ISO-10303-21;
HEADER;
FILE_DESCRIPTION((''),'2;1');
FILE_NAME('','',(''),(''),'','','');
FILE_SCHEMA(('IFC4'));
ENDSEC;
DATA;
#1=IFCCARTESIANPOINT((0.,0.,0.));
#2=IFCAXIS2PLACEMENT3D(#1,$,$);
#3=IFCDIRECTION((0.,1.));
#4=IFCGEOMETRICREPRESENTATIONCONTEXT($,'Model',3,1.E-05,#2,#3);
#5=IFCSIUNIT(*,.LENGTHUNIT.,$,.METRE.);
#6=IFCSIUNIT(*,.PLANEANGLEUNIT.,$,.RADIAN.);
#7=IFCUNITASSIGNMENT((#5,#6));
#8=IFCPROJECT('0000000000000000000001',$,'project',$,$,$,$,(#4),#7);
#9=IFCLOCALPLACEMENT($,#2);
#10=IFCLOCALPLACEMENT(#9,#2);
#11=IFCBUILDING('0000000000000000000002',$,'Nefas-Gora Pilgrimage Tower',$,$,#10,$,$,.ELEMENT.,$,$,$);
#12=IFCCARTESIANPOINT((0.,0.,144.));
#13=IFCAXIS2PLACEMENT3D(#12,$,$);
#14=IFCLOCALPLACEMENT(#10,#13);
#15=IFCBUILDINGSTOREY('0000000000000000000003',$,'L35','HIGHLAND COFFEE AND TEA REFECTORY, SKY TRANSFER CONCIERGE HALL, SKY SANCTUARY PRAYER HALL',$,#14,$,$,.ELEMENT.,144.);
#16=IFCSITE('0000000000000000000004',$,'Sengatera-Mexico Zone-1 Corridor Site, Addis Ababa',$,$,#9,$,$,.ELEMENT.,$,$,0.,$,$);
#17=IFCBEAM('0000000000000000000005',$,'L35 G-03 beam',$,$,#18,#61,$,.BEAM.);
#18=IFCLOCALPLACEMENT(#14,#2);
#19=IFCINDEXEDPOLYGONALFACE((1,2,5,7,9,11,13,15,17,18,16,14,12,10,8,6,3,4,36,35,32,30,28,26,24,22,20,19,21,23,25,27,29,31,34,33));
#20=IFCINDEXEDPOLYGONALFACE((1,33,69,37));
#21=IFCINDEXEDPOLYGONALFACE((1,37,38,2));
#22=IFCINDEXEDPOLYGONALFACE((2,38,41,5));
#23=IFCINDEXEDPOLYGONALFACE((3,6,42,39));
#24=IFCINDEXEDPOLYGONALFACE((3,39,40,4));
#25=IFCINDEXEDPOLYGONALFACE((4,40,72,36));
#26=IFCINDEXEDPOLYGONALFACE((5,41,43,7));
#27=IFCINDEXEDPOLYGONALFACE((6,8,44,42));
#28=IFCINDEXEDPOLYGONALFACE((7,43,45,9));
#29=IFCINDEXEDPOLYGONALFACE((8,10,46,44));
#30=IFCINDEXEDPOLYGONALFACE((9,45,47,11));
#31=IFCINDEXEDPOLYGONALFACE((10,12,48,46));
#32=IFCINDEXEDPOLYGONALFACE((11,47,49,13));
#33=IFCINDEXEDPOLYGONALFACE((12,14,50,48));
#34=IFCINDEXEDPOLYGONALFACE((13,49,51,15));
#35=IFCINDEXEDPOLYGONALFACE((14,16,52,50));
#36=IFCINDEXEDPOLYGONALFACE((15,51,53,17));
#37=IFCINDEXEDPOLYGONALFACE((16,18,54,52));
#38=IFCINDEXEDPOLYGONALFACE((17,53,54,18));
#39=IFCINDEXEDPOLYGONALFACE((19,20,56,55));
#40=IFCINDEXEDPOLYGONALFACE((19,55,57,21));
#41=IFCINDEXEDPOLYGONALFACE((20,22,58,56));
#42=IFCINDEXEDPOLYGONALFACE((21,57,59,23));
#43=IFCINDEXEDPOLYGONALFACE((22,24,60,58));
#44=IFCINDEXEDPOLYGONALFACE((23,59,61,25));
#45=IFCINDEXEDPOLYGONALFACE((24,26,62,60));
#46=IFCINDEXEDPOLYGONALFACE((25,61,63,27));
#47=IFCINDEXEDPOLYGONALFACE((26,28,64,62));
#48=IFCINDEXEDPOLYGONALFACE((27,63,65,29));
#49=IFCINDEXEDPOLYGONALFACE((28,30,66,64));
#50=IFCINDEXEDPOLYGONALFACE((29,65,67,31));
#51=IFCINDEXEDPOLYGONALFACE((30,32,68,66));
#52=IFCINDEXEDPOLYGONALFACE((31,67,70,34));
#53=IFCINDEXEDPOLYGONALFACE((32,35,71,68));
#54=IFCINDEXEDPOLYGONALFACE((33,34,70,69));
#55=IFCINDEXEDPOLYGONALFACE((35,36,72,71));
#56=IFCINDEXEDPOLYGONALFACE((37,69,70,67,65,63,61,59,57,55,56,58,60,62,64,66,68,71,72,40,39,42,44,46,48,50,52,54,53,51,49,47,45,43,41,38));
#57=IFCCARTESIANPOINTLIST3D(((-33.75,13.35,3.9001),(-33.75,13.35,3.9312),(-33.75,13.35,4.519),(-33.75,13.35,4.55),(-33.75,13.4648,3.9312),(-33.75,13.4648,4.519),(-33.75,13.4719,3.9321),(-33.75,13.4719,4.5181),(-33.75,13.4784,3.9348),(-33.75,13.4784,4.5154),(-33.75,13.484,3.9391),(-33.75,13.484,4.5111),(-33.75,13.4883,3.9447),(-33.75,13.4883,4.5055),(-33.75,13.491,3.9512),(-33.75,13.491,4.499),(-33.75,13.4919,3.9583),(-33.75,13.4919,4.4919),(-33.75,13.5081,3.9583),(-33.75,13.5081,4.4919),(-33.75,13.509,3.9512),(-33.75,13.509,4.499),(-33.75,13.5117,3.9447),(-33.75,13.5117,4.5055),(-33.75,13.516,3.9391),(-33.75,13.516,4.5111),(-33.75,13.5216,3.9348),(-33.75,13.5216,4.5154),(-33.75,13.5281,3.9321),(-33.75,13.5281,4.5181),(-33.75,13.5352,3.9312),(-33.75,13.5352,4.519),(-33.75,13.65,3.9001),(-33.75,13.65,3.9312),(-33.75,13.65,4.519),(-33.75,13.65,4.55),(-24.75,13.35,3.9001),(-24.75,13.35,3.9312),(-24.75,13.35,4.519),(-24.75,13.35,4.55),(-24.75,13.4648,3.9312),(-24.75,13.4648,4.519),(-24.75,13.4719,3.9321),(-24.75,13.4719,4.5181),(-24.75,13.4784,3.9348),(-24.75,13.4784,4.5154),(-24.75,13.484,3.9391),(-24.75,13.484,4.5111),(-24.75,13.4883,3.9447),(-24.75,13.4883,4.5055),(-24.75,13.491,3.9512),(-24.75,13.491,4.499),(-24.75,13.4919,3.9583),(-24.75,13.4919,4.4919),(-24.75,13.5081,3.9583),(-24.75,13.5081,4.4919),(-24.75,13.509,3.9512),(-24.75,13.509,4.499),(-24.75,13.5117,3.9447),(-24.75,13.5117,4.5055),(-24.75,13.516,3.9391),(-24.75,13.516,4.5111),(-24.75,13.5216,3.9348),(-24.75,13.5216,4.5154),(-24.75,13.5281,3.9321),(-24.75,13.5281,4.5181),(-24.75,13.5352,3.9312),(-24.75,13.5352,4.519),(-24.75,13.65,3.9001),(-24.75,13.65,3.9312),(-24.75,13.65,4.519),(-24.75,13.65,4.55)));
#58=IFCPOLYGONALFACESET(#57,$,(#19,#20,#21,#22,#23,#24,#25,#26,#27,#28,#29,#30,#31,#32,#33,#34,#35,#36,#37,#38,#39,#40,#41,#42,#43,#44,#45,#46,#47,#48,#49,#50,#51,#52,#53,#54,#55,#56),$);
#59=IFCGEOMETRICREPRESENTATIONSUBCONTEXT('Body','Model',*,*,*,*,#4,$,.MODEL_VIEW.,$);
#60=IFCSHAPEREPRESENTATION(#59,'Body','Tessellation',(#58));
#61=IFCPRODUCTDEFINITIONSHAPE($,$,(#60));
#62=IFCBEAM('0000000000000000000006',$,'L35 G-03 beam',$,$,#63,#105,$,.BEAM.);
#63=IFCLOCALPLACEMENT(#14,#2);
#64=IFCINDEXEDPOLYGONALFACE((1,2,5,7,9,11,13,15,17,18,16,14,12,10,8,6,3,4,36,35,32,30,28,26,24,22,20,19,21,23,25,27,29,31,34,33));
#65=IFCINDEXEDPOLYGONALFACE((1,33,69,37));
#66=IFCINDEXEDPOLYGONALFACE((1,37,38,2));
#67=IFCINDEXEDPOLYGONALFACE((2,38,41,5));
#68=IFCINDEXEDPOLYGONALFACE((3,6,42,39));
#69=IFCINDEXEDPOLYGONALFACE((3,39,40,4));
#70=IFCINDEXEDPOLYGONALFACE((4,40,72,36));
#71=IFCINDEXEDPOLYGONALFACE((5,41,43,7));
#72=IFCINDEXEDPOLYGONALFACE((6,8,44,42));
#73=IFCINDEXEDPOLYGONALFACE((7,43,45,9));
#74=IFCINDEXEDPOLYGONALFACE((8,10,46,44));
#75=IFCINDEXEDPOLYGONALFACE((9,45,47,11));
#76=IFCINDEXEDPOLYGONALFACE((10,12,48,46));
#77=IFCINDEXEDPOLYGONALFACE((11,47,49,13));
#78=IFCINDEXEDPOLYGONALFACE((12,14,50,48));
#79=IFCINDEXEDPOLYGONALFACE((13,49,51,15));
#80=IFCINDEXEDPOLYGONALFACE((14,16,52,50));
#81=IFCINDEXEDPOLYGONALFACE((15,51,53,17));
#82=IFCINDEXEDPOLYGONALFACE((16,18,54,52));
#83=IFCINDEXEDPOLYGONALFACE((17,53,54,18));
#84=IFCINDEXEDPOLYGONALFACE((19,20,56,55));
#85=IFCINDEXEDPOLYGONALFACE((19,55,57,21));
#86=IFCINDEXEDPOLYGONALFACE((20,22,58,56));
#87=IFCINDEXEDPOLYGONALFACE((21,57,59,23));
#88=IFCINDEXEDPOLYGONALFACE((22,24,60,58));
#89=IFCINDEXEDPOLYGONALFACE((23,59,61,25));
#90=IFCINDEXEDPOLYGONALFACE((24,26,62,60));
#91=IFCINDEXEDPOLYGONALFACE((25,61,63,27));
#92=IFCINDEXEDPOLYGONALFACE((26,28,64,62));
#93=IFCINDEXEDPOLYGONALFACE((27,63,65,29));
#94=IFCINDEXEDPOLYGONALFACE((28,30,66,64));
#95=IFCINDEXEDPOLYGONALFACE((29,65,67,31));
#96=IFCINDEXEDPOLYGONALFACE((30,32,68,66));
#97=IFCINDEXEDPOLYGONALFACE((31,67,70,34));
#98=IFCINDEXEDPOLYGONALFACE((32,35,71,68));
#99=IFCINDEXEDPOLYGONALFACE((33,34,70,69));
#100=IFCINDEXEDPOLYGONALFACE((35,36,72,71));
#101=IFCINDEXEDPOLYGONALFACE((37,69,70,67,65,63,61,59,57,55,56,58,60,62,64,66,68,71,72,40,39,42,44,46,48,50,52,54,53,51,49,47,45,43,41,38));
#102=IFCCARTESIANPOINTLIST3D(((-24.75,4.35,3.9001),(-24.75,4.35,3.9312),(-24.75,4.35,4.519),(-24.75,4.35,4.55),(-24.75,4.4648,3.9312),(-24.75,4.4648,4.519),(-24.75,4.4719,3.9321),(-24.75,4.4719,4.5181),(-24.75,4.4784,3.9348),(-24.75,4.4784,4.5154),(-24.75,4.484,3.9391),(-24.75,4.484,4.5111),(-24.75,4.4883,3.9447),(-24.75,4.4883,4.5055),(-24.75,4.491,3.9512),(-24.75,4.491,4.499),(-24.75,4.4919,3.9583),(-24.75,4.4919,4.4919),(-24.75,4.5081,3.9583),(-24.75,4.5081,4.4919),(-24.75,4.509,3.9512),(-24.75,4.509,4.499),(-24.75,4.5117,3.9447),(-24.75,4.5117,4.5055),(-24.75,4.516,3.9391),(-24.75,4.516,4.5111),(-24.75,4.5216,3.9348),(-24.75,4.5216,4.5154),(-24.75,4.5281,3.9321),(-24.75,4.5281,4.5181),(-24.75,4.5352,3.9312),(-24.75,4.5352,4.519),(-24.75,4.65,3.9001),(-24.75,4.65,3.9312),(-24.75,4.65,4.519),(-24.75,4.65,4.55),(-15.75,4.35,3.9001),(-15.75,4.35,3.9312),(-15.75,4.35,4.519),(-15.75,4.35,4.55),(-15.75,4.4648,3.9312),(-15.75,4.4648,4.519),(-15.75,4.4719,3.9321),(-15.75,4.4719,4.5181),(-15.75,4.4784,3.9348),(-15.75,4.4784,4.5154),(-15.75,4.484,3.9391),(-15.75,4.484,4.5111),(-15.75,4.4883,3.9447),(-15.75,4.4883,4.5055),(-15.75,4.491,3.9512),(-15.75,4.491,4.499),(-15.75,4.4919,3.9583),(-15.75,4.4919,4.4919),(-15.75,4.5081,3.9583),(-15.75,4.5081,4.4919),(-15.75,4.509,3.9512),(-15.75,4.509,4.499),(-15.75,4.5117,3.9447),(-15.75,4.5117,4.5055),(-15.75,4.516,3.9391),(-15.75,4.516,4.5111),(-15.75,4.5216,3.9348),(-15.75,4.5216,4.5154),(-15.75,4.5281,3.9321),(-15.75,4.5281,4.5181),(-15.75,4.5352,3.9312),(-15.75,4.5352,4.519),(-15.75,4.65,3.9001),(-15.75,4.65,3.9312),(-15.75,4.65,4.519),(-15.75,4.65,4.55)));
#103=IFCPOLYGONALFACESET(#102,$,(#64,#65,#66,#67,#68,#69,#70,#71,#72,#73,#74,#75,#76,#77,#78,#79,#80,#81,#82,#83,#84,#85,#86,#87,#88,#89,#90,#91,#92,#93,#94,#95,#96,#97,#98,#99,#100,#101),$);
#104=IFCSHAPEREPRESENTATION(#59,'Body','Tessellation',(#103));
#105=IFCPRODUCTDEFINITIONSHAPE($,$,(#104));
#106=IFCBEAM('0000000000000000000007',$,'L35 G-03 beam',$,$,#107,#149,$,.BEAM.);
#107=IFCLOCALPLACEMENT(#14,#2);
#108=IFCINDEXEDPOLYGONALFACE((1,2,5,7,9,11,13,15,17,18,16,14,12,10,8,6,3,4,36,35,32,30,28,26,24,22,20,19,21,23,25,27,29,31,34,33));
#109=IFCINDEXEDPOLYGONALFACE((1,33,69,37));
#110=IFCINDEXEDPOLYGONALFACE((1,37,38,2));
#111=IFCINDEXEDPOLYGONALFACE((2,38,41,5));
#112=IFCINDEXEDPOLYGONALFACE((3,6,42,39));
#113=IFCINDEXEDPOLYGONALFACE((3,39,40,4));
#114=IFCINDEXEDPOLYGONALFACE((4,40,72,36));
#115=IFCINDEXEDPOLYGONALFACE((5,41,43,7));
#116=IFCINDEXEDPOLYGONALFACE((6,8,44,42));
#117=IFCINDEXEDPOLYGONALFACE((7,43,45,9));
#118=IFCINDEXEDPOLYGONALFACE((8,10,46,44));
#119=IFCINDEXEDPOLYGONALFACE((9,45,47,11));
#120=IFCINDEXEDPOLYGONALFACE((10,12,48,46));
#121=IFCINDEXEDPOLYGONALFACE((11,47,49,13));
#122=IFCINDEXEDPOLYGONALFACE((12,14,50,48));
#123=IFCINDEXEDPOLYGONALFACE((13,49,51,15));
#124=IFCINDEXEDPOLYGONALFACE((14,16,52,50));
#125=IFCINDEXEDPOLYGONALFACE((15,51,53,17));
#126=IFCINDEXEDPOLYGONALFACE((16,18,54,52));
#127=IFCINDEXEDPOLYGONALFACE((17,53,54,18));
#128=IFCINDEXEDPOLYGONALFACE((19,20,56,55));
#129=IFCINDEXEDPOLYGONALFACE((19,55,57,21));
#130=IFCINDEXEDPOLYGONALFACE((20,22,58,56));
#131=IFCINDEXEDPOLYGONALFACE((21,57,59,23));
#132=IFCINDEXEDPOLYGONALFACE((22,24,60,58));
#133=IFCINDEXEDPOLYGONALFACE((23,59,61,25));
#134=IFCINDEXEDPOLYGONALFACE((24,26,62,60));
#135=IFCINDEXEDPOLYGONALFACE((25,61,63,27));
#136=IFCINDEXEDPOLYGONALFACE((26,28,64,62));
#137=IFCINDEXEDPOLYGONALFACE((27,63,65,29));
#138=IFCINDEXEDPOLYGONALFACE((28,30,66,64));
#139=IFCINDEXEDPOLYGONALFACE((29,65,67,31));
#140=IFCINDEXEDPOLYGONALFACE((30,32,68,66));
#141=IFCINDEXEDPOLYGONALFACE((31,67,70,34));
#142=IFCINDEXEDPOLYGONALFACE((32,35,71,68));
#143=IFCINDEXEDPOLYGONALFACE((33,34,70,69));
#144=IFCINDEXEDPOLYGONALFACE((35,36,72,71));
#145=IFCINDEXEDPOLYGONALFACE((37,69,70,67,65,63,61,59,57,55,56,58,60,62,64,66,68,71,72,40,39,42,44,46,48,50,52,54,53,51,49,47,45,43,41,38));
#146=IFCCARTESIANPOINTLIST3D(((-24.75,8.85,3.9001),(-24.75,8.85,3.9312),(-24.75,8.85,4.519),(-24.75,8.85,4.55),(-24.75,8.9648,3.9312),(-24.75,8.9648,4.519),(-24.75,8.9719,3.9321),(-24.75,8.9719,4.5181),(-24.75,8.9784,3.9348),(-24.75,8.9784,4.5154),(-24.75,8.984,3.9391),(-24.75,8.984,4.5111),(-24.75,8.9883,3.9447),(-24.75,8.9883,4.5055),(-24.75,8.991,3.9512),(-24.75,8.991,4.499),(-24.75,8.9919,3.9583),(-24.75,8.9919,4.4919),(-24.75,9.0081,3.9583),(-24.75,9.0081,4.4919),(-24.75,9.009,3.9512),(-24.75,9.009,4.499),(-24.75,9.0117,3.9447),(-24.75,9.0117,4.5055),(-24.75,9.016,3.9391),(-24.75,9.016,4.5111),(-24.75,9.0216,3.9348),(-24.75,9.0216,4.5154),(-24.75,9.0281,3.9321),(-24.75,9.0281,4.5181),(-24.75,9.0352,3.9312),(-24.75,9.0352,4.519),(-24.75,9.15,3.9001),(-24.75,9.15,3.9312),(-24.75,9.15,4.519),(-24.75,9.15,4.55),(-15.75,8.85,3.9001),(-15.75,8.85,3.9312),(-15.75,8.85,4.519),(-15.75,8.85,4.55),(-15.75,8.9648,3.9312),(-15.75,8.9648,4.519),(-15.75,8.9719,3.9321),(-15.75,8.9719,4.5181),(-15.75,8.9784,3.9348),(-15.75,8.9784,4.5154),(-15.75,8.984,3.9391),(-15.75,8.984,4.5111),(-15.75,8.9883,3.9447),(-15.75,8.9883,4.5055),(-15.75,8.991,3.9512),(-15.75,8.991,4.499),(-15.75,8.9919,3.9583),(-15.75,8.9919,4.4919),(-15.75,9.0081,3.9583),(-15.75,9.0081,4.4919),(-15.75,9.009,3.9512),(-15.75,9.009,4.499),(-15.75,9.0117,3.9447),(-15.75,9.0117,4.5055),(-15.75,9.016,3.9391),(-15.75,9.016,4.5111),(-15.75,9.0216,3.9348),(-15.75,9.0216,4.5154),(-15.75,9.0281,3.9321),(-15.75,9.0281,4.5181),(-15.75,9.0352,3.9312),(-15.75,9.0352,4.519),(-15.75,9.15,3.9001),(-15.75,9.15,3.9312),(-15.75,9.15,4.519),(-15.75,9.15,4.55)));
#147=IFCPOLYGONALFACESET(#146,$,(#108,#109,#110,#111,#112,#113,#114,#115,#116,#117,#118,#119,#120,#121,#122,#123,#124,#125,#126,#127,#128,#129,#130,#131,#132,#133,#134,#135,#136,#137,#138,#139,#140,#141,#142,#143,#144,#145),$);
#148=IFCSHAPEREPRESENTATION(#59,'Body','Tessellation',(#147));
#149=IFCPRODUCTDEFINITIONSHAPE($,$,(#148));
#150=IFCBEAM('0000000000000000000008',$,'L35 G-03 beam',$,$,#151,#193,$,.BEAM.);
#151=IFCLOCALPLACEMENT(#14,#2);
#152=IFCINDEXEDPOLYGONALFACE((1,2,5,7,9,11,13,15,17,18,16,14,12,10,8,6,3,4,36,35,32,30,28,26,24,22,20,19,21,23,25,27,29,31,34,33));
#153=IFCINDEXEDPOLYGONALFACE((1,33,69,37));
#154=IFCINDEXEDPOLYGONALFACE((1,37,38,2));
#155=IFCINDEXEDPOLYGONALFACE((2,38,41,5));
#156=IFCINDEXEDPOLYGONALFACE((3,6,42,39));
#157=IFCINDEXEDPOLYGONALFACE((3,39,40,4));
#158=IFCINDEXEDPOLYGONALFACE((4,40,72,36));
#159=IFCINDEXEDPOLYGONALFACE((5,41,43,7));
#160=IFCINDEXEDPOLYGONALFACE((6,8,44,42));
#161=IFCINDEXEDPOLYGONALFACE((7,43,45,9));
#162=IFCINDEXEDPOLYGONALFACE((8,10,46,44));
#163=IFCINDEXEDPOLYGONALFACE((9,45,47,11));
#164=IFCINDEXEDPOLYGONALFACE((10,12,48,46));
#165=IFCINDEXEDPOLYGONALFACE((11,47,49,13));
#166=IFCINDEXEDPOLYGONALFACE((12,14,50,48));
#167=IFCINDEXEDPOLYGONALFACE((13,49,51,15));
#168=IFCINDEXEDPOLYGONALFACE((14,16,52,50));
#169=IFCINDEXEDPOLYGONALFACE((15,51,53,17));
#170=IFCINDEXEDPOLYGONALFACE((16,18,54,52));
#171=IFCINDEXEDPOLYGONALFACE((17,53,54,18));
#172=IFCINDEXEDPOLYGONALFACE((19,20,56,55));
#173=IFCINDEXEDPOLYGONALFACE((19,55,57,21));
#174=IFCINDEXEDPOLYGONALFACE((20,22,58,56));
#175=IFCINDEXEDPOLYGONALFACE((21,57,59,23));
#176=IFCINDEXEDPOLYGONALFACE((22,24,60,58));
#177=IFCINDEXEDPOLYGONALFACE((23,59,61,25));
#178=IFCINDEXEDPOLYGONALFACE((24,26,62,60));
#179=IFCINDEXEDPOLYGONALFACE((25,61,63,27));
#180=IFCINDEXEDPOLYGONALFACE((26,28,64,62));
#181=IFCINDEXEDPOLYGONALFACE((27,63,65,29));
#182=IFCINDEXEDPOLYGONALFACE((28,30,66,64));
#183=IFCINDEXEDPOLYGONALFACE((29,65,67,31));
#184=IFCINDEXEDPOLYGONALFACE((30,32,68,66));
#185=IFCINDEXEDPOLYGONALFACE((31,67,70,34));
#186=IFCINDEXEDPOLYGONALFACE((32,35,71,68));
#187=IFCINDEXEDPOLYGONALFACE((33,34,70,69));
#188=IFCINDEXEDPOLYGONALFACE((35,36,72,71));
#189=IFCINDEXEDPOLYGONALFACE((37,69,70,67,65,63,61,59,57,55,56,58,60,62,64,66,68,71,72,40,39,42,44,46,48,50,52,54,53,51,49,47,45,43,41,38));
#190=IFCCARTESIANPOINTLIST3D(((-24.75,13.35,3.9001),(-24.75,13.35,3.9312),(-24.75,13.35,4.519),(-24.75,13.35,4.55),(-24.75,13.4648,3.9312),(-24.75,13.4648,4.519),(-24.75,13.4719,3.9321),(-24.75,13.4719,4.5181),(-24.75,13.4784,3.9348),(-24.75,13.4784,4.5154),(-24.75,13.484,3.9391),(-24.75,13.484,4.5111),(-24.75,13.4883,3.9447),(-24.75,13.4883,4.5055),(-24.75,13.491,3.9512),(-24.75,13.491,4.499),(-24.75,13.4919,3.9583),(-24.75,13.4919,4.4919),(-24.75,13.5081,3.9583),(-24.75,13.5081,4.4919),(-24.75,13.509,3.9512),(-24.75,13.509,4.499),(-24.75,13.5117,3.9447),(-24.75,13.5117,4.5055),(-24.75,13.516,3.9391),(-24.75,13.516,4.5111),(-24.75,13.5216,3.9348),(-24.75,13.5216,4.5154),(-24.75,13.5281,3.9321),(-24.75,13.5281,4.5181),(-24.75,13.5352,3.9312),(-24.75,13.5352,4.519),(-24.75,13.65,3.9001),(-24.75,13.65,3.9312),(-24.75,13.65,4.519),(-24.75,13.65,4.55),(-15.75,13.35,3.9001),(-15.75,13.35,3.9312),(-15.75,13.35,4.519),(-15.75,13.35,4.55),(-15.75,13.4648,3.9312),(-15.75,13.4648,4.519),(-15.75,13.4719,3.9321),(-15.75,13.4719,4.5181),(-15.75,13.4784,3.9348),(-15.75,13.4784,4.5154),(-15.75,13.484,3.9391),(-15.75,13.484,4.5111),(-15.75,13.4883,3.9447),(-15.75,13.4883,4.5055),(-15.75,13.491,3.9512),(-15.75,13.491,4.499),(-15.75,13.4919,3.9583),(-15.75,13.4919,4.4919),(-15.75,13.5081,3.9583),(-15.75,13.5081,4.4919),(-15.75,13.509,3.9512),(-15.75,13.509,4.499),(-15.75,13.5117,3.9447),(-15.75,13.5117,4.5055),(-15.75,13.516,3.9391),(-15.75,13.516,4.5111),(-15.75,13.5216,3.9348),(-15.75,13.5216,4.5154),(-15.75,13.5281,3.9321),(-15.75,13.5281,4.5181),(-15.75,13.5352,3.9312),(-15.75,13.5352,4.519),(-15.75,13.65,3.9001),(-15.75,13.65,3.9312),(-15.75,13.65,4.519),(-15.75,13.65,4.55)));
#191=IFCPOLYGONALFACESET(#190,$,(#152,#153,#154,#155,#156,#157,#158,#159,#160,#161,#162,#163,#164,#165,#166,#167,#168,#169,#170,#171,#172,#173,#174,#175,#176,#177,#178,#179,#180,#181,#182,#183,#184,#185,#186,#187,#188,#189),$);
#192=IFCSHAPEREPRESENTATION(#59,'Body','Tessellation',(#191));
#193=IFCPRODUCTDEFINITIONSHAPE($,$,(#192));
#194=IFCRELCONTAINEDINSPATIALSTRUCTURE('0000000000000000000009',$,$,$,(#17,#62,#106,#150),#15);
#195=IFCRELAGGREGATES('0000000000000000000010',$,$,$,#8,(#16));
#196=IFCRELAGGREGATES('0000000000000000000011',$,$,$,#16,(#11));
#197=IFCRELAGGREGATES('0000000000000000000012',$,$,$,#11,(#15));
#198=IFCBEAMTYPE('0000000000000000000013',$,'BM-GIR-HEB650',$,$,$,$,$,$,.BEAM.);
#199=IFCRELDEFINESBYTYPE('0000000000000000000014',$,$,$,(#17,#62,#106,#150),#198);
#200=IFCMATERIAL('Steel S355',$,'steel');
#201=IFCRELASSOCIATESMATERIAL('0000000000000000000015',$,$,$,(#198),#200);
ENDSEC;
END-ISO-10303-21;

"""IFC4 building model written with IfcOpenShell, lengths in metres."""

from ifc_helpers import new_model, si_unit, direction, frame, origin, origin_2d, place, context, subcontext, project, spatial, i_section, extrude, source, transform, mapped, material, material_profile, profile_set, type_object, element, save


model = new_model("IFC4")

# Units and contexts
model_context = context("Model", 3, precision=1e-05, world=origin(), true_north=direction((0.0, 1.0)))
body_context = subcontext(model_context, "Body", "Model", "MODEL_VIEW")
ifc_project = project(units=[si_unit("LENGTHUNIT", "METRE"), si_unit("PLANEANGLEUNIT", "RADIAN")], contexts=[model_context])

# Site, building, storey
site_placement = place(None, origin())
site = spatial("IfcSite", under=ifc_project, at=site_placement, Name="Sengatera-Mexico Zone-1 Corridor Site, Addis Ababa", CompositionType="ELEMENT", RefElevation=0.0)
building_placement = place(site_placement, origin())
building = spatial("IfcBuilding", under=site, at=building_placement, Name="Nefas-Gora Pilgrimage Tower", CompositionType="ELEMENT")
storey_placement = place(building_placement, frame((0.0, 0.0, 144.0)))
storey = spatial("IfcBuildingStorey", under=building, at=storey_placement, Name="L35", Description="HIGHLAND COFFEE AND TEA REFECTORY, SKY TRANSFER CONCIERGE HALL, SKY SANCTUARY PRAYER HALL", CompositionType="ELEMENT", Elevation=144.0)

# Beams
ifc_material_1 = material(Name="Steel S355", Category="steel")
ifc_material_profile_1 = material_profile(ifc_material_1, i_section(OverallWidth=0.3, OverallDepth=0.6499, WebThickness=0.0161, FlangeThickness=0.031, FilletRadius=0.0271, at=origin_2d()), Name="HEB 650")
ifc_profile_set_1 = profile_set([ifc_material_profile_1], Name="Steel S355")
beam_type_1 = type_object("IfcBeamType", Name="BM-GIR-HEB650", PredefinedType="BEAM", material=ifc_profile_set_1)
shared_shape_1 = source(origin(), body_context, "Body", "SweptSolid", [
    extrude(i_section(OverallWidth=0.3, OverallDepth=0.6499, WebThickness=0.0161, FlangeThickness=0.031, FilletRadius=0.0271, at=origin_2d()), origin(), (0.0, 0.0, 1.0), 9.0),
])
for number, where, z_axis, x_axis, name in (
    (1, (-33.75, 13.5, 4.2251), (1.0, 0.0, 0.0), (0.0, 1.0, 0.0), "L35 G-03 beam"),
    (2, (-24.75, 4.5, 4.2251), (1.0, 0.0, 0.0), (0.0, 1.0, 0.0), "L35 G-03 beam"),
    (3, (-24.75, 9.0, 4.2251), (1.0, 0.0, 0.0), (0.0, 1.0, 0.0), "L35 G-03 beam"),
    (4, (-24.75, 13.5, 4.2251), (1.0, 0.0, 0.0), (0.0, 1.0, 0.0), "L35 G-03 beam"),
):
    element("IfcBeam", number, at=place(storey_placement, frame(where, z_axis=z_axis, x_axis=x_axis)), inside=storey, type_object=beam_type_1, Name=name, PredefinedType="BEAM", context=body_context, shape_type="MappedRepresentation", body=[
        mapped(shared_shape_1, transform((0.0, 0.0, 0.0), x_axis=(1.0, 0.0, 0.0), y_axis=(0.0, 1.0, 0.0), z_axis=(0.0, 0.0, 1.0), scale=1.0)),
    ])

save(model, "model.ifc")
